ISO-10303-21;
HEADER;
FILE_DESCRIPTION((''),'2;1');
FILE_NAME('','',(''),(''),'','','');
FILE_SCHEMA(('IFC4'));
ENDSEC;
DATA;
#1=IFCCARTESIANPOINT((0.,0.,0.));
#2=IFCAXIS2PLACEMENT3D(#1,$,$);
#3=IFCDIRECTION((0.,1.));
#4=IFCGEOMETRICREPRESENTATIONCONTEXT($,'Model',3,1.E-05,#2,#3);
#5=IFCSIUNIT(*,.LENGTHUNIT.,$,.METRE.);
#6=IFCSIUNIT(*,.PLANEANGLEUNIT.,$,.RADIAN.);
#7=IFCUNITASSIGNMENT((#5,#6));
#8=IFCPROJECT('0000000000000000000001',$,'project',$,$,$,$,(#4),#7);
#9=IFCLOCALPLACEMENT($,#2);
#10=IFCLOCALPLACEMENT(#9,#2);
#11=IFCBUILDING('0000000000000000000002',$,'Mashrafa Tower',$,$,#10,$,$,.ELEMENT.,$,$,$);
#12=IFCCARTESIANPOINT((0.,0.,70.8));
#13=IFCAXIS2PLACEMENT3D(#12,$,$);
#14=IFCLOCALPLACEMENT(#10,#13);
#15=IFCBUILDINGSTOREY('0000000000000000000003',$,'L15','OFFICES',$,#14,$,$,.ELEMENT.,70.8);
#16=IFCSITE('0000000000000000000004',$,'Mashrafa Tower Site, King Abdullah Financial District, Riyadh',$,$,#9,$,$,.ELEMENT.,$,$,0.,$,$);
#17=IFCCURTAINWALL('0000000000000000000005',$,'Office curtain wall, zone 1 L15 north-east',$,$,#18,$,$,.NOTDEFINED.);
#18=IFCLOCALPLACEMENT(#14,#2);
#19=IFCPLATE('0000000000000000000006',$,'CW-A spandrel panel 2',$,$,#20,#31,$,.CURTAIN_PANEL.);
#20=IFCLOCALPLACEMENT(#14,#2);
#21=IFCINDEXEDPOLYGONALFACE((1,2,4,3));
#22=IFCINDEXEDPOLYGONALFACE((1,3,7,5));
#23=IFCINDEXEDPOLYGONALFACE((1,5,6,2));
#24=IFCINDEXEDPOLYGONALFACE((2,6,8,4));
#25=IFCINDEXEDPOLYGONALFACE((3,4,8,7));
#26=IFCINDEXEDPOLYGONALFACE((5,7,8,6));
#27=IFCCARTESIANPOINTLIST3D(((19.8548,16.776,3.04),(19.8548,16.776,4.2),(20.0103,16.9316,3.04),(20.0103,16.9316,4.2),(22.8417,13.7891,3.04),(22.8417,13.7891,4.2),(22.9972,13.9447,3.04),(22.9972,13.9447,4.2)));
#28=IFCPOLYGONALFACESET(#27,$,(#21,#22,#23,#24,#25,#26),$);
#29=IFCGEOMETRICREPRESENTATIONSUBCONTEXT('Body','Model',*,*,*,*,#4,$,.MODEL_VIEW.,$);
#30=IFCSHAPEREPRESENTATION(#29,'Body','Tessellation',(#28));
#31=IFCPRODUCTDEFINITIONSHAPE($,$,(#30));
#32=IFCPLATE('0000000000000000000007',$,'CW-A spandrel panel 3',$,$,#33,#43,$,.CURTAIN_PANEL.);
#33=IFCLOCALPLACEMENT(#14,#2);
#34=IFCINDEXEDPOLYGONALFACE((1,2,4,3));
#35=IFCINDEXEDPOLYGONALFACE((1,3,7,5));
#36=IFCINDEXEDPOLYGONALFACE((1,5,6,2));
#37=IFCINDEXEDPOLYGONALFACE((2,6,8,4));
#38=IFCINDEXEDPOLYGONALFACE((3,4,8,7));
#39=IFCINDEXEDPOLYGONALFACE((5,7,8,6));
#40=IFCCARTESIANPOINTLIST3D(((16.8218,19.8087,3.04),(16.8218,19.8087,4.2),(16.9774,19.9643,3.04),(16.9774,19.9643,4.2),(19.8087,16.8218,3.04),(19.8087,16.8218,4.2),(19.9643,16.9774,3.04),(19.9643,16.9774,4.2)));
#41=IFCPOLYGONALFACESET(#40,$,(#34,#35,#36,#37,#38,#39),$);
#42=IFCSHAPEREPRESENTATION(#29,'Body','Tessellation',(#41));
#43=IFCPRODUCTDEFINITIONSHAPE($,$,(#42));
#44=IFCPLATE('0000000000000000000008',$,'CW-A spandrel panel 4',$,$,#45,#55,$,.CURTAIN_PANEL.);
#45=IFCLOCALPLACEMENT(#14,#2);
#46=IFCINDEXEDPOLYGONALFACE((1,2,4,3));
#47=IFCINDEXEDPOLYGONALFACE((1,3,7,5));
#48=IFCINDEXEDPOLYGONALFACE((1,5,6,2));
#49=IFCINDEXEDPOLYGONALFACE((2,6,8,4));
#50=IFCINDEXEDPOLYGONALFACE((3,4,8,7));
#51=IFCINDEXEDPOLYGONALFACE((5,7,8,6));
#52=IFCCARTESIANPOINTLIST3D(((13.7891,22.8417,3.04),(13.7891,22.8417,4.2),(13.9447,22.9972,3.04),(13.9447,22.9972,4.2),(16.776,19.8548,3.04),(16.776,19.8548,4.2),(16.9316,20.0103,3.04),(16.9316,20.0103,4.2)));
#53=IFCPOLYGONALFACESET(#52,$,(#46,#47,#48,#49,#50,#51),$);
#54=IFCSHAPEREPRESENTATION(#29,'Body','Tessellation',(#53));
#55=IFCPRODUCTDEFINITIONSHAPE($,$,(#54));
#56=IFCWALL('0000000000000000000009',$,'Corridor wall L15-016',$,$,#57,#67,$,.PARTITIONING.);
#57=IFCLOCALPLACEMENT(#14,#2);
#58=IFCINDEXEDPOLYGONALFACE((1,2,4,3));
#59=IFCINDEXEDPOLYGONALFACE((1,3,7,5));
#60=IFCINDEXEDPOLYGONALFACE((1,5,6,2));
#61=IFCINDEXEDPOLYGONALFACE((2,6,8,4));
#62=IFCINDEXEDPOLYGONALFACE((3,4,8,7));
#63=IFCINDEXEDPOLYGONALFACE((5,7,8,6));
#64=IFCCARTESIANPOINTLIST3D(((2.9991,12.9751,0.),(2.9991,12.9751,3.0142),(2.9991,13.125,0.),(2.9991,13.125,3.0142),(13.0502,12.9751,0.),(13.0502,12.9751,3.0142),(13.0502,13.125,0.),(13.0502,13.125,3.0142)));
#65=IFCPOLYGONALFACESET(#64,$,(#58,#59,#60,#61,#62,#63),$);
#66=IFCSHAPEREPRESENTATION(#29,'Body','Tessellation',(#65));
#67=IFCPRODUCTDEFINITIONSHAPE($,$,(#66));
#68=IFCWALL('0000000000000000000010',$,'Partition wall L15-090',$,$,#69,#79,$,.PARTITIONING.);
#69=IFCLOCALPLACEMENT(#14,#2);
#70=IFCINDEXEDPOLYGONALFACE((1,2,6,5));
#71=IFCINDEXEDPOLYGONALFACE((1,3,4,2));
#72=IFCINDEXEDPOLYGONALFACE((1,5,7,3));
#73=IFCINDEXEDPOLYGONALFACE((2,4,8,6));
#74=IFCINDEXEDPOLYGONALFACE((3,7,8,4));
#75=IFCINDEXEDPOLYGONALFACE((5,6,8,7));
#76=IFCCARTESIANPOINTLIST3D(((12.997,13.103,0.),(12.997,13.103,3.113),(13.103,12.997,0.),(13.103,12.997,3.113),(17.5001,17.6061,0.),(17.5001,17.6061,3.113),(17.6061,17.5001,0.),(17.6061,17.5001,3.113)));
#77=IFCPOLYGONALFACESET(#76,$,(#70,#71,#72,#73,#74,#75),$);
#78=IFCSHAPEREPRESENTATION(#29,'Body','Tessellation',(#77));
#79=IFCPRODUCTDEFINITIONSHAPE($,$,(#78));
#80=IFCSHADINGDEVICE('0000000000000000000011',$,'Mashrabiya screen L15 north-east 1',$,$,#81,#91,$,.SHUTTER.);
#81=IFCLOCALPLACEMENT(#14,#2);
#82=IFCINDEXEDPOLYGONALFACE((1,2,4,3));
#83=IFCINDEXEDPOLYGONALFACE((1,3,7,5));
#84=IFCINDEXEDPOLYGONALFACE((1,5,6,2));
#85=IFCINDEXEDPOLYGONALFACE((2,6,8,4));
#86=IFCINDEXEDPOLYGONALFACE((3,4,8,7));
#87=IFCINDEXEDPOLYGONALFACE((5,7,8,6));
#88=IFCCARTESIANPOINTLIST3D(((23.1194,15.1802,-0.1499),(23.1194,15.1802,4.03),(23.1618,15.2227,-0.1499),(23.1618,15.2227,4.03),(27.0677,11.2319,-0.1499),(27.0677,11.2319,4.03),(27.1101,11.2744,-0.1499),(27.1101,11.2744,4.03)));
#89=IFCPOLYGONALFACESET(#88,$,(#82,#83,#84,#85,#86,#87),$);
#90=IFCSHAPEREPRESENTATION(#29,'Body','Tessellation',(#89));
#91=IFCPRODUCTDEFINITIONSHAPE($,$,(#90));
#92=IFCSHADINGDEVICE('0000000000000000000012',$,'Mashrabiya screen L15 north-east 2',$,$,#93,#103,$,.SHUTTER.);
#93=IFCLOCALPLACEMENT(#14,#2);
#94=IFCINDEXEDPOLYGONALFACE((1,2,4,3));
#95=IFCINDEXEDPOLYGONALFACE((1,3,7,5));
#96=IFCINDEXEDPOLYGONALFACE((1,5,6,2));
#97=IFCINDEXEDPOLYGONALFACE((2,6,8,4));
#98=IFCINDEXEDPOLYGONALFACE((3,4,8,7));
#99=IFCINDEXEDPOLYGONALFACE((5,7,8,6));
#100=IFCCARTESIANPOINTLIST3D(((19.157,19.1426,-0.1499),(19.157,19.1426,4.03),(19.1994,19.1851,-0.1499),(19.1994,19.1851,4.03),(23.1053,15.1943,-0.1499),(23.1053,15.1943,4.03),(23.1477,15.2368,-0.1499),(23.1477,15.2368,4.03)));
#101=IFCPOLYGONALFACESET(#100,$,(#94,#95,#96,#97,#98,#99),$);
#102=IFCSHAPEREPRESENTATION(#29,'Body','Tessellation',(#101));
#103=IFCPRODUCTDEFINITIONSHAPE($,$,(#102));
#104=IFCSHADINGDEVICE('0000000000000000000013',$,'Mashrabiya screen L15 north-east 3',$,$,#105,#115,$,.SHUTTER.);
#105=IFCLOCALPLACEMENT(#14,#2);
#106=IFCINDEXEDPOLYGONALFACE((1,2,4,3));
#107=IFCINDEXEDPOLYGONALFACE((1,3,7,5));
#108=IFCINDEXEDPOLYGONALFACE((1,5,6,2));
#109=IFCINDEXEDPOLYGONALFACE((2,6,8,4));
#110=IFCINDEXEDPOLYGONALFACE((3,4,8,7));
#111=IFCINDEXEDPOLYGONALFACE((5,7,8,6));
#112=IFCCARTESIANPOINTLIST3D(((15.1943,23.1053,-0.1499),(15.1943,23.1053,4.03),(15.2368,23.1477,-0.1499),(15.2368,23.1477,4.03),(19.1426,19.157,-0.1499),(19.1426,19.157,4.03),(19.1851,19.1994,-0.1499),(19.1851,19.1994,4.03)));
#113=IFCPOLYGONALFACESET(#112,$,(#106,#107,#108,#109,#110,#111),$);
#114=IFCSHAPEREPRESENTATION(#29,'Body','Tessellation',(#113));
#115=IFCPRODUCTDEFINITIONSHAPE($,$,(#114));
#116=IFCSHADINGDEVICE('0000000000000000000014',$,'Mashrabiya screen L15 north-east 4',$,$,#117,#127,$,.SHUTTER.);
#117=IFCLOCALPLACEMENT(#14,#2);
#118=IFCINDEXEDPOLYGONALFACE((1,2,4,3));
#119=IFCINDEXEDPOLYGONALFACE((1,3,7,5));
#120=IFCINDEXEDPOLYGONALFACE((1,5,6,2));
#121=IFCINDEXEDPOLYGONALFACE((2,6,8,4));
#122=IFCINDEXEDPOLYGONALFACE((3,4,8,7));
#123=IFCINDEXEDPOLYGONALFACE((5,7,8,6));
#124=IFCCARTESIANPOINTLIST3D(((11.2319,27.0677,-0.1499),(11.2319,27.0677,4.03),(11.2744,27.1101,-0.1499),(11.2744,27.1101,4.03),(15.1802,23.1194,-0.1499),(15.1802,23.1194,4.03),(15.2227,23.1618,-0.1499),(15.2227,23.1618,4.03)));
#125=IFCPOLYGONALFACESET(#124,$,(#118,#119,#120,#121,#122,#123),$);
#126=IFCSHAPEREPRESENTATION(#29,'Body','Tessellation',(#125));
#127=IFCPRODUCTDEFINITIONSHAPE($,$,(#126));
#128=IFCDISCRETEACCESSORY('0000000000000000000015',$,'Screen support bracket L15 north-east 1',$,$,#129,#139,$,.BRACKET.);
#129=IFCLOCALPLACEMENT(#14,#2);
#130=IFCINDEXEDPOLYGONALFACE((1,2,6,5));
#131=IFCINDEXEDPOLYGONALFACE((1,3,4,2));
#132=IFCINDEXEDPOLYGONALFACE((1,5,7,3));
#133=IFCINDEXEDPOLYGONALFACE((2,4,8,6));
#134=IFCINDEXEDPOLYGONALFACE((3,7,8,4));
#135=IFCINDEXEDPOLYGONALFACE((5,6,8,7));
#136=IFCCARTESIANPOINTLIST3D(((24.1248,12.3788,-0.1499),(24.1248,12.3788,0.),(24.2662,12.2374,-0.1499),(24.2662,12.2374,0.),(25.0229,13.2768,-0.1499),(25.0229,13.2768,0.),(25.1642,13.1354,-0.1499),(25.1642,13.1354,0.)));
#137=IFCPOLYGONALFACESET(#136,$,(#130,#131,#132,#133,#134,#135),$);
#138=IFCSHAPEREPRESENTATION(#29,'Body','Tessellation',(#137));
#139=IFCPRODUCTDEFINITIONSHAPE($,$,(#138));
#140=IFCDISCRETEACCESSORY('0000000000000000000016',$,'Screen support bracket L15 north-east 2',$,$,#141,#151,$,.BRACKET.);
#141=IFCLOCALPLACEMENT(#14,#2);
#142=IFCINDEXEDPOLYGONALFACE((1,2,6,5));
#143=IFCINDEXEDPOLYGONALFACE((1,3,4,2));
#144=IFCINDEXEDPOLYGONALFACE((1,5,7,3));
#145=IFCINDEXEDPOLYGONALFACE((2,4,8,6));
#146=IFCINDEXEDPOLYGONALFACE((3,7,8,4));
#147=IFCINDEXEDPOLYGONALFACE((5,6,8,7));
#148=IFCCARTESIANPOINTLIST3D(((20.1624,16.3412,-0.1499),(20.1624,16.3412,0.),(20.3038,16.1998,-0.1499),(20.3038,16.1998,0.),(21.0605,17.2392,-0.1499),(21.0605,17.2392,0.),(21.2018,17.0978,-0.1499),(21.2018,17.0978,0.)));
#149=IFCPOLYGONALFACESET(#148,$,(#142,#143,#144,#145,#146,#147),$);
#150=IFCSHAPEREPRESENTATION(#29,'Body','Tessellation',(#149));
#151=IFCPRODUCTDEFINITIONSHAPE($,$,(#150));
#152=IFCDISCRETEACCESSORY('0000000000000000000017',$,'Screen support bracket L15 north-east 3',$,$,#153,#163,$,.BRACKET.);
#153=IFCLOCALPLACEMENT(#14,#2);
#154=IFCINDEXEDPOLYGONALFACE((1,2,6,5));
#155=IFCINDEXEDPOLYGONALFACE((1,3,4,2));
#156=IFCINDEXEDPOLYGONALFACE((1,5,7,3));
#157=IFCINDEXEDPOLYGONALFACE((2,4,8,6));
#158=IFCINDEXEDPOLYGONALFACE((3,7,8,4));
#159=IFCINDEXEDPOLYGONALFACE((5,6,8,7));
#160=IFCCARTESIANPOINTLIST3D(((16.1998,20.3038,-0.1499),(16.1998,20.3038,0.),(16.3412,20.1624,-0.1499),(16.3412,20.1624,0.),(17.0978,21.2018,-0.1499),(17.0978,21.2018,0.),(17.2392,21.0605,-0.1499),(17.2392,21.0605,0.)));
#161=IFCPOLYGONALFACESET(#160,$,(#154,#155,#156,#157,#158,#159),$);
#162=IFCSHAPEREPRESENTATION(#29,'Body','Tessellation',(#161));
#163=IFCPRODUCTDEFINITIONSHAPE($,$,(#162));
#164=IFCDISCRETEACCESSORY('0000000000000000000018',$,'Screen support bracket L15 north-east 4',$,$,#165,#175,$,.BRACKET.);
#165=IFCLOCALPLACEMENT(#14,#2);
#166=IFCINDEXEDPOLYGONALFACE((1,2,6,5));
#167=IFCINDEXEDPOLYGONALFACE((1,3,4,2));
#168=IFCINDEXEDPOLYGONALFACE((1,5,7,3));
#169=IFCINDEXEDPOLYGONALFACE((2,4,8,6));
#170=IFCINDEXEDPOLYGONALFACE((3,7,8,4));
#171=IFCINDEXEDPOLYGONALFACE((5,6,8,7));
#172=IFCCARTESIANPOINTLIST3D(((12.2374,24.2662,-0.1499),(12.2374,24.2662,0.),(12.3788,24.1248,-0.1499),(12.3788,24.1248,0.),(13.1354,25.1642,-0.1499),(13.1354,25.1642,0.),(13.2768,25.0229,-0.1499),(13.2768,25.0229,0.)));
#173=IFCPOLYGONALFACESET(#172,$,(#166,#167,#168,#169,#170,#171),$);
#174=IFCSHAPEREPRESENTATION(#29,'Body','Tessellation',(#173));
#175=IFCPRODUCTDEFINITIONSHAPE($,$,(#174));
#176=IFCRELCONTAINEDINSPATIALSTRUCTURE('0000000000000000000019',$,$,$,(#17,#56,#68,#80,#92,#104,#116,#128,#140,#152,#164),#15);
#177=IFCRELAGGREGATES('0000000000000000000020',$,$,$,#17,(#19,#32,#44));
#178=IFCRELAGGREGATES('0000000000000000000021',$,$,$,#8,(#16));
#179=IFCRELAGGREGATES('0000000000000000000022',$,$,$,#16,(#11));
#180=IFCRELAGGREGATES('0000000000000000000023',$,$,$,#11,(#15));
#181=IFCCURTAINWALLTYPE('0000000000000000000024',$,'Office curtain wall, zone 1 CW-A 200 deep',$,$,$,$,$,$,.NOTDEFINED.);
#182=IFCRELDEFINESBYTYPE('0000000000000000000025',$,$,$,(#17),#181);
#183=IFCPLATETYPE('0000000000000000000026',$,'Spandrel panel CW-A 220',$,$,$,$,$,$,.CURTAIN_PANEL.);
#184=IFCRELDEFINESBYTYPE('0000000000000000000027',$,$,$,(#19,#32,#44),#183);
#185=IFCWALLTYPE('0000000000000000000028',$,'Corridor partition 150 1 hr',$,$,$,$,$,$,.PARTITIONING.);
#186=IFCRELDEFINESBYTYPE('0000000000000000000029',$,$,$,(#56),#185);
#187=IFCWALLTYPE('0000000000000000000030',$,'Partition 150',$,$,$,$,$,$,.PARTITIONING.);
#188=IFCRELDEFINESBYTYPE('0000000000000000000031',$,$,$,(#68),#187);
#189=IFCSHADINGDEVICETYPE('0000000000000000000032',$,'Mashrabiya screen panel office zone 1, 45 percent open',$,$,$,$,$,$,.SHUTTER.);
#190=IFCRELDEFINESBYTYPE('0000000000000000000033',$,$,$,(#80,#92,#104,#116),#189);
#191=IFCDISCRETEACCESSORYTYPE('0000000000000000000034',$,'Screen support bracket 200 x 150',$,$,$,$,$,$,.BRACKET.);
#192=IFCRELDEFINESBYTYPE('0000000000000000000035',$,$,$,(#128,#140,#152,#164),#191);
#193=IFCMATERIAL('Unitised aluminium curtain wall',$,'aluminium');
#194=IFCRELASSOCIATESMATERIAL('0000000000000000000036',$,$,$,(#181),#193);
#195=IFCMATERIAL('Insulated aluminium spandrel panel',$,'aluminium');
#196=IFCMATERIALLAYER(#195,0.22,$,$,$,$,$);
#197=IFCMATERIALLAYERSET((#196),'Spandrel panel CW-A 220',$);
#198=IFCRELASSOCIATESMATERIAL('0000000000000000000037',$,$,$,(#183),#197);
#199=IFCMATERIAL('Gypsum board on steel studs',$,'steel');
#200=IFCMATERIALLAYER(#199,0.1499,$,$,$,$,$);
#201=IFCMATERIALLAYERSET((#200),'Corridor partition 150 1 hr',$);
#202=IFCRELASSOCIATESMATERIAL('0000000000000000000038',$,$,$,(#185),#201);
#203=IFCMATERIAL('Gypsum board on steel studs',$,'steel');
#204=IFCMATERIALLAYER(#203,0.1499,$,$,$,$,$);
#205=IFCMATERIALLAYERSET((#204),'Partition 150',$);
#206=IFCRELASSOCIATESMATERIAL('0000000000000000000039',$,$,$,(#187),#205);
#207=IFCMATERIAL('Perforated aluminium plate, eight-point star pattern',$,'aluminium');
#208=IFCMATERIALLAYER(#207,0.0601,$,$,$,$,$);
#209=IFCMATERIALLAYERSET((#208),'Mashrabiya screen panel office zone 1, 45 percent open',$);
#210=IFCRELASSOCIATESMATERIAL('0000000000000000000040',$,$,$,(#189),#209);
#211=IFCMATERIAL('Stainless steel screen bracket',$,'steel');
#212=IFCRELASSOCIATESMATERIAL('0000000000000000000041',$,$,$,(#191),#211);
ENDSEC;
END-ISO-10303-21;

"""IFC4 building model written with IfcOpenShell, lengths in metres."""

from ifc_helpers import new_model, si_unit, direction, frame, frame_2d, origin, origin_2d, place, context, subcontext, project, spatial, rectangle, extrude, source, transform, mapped, material, layer, layer_set, type_object, type_shapes, element, aggregate, save


model = new_model("IFC4")

# Units and contexts
model_context = context("Model", 3, precision=1e-05, world=origin(), true_north=direction((0.0, 1.0)))
body_context = subcontext(model_context, "Body", "Model", "MODEL_VIEW")
ifc_project = project(units=[si_unit("LENGTHUNIT", "METRE"), si_unit("PLANEANGLEUNIT", "RADIAN")], contexts=[model_context])

# Site, building, storey
site_placement = place(None, origin())
site = spatial("IfcSite", under=ifc_project, at=site_placement, Name="Mashrafa Tower Site, King Abdullah Financial District, Riyadh", CompositionType="ELEMENT", RefElevation=0.0)
building_placement = place(site_placement, origin())
building = spatial("IfcBuilding", under=site, at=building_placement, Name="Mashrafa Tower", CompositionType="ELEMENT")
storey_placement = place(building_placement, frame((0.0, 0.0, 70.8)))
storey = spatial("IfcBuildingStorey", under=building, at=storey_placement, Name="L15", Description="OFFICES", CompositionType="ELEMENT", Elevation=70.8)

# Shared definitions
ifc_material_1 = material(Name="Unitised aluminium curtain wall", Category="aluminium")
curtain_wall_type = type_object("IfcCurtainWallType", Name="Office curtain wall, zone 1 CW-A 200 deep", PredefinedType="NOTDEFINED", material=ifc_material_1)

# Curtain wall, plates
curtain_wall_1_placement = place(storey_placement, origin())
curtain_wall_1 = element("IfcCurtainWall", 1, at=curtain_wall_1_placement, inside=storey, type_object=curtain_wall_type, Name="Office curtain wall, zone 1 L15 north-east", PredefinedType="NOTDEFINED")
ifc_material_2 = material(Name="Insulated aluminium spandrel panel", Category="aluminium")
ifc_layer_1 = layer(ifc_material_2, 0.22)
ifc_layer_set_1 = layer_set([ifc_layer_1], Name="Spandrel panel CW-A 220")
plate_type_1 = type_object("IfcPlateType", Name="Spandrel panel CW-A 220", PredefinedType="CURTAIN_PANEL", material=ifc_layer_set_1)
shared_shape_1 = source(origin(), body_context, "Body", "SweptSolid", [
    extrude(rectangle(XDim=4.2241, YDim=0.22, at=origin_2d()), origin(), (0.0, 0.0, 1.0), 1.1599),
])
plate_1_placement = place(storey_placement, frame((21.426, 15.3604, 3.04), z_axis=(0.0, 0.0, 1.0), x_axis=(-0.707107, 0.707107, 0.0)))
plate_1 = element("IfcPlate", 2, at=plate_1_placement, type_object=plate_type_1, Name="CW-A spandrel panel 2", PredefinedType="CURTAIN_PANEL", context=body_context, shape_type="MappedRepresentation", body=[
    mapped(shared_shape_1, transform((0.0, 0.0, 0.0))),
])
plate_2_placement = place(storey_placement, frame((18.3931, 18.3931, 3.04), z_axis=(0.0, 0.0, 1.0), x_axis=(-0.707107, 0.707107, 0.0)))
plate_2 = element("IfcPlate", 3, at=plate_2_placement, type_object=plate_type_1, Name="CW-A spandrel panel 3", PredefinedType="CURTAIN_PANEL", context=body_context, shape_type="MappedRepresentation", body=[
    mapped(shared_shape_1, transform((0.0, 0.0, 0.0))),
])
plate_3_placement = place(storey_placement, frame((15.3604, 21.426, 3.04), z_axis=(0.0, 0.0, 1.0), x_axis=(-0.707107, 0.707107, 0.0)))
plate_3 = element("IfcPlate", 4, at=plate_3_placement, type_object=plate_type_1, Name="CW-A spandrel panel 4", PredefinedType="CURTAIN_PANEL", context=body_context, shape_type="MappedRepresentation", body=[
    mapped(shared_shape_1, transform((0.0, 0.0, 0.0))),
])
aggregate(curtain_wall_1, [plate_1, plate_2, plate_3])

# Walls
ifc_material_3 = material(Name="Gypsum board on steel studs", Category="steel")
ifc_layer_2 = layer(ifc_material_3, 0.1499)
ifc_layer_set_2 = layer_set([ifc_layer_2], Name="Corridor partition 150 1 hr")
wall_type_1 = type_object("IfcWallType", Name="Corridor partition 150 1 hr", PredefinedType="PARTITIONING", material=ifc_layer_set_2)
wall_1_placement = place(storey_placement, frame((13.05, 13.05, 0.0), z_axis=(0.0, 0.0, 1.0), x_axis=(-1.0, 0.0, 0.0)))
element("IfcWall", 5, at=wall_1_placement, inside=storey, type_object=wall_type_1, Name="Corridor wall L15-016", PredefinedType="PARTITIONING", context=body_context, shape_type="SweptSolid", body=[
    extrude(rectangle(XDim=10.051, YDim=0.1499, at=frame_2d((5.0254, 0.0))), origin(), (0.0, 0.0, 1.0), 3.0142),
])
ifc_material_4 = material(Name="Gypsum board on steel studs", Category="steel")
ifc_layer_3 = layer(ifc_material_4, 0.1499)
ifc_layer_set_3 = layer_set([ifc_layer_3], Name="Partition 150")
wall_type_2 = type_object("IfcWallType", Name="Partition 150", PredefinedType="PARTITIONING", material=ifc_layer_set_3)
wall_2_placement = place(storey_placement, frame((13.05, 13.05, 0.0), z_axis=(0.0, 0.0, 1.0), x_axis=(0.707107, 0.707107, 0.0)))
element("IfcWall", 6, at=wall_2_placement, inside=storey, type_object=wall_type_2, Name="Partition wall L15-090", PredefinedType="PARTITIONING", context=body_context, shape_type="SweptSolid", body=[
    extrude(rectangle(XDim=6.3684, YDim=0.1499, at=frame_2d((3.1841, 0.0))), origin(), (0.0, 0.0, 1.0), 3.113),
])

# Shading devices
ifc_material_5 = material(Name="Perforated aluminium plate, eight-point star pattern", Category="aluminium")
ifc_layer_4 = layer(ifc_material_5, 0.0601)
ifc_layer_set_4 = layer_set([ifc_layer_4], Name="Mashrabiya screen panel office zone 1, 45 percent open")
shading_device_type = type_object("IfcShadingDeviceType", Name="Mashrabiya screen panel office zone 1, 45 percent open", PredefinedType="SHUTTER", material=ifc_layer_set_4)
shared_shape_2 = source(origin(), body_context, "Body", "SweptSolid", [
    extrude(rectangle(XDim=5.5837, YDim=0.0601, at=origin_2d()), origin(), (0.0, 0.0, 1.0), 4.1799),
])
type_shapes(shading_device_type, [shared_shape_2])
for number, where, z_axis, x_axis, name in (
    (7, (25.1147, 13.2273, -0.1499), (0.0, 0.0, 1.0), (-0.707107, 0.707107, 0.0), "Mashrabiya screen L15 north-east 1"),
    (8, (21.1523, 17.1897, -0.1499), (0.0, 0.0, 1.0), (-0.707107, 0.707107, 0.0), "Mashrabiya screen L15 north-east 2"),
    (9, (17.1897, 21.1523, -0.1499), (0.0, 0.0, 1.0), (-0.707107, 0.707107, 0.0), "Mashrabiya screen L15 north-east 3"),
    (10, (13.2273, 25.1147, -0.1499), (0.0, 0.0, 1.0), (-0.707107, 0.707107, 0.0), "Mashrabiya screen L15 north-east 4"),
):
    element("IfcShadingDevice", number, at=place(storey_placement, frame(where, z_axis=z_axis, x_axis=x_axis)), inside=storey, type_object=shading_device_type, Name=name, PredefinedType="SHUTTER", context=body_context, shape_type="MappedRepresentation", body=[
        mapped(shared_shape_2, transform((0.0, 0.0, 0.0))),
    ])

# Discrete accessories
ifc_material_6 = material(Name="Stainless steel screen bracket", Category="steel")
discrete_accessory_type = type_object("IfcDiscreteAccessoryType", Name="Screen support bracket 200 x 150", PredefinedType="BRACKET", material=ifc_material_6)
shared_shape_3 = source(origin(), body_context, "Body", "SweptSolid", [
    extrude(rectangle(XDim=0.2, YDim=1.27, at=origin_2d()), origin(), (0.0, 0.0, 1.0), 0.1499),
])
type_shapes(discrete_accessory_type, [shared_shape_3])
for number, where, z_axis, x_axis, name in (
    (11, (24.6445, 12.7571, -0.1499), (0.0, 0.0, 1.0), (-0.707107, 0.707107, 0.0), "Screen support bracket L15 north-east 1"),
    (12, (20.6821, 16.7195, -0.1499), (0.0, 0.0, 1.0), (-0.707107, 0.707107, 0.0), "Screen support bracket L15 north-east 2"),
    (13, (16.7195, 20.6821, -0.1499), (0.0, 0.0, 1.0), (-0.707107, 0.707107, 0.0), "Screen support bracket L15 north-east 3"),
    (14, (12.7571, 24.6445, -0.1499), (0.0, 0.0, 1.0), (-0.707107, 0.707107, 0.0), "Screen support bracket L15 north-east 4"),
):
    element("IfcDiscreteAccessory", number, at=place(storey_placement, frame(where, z_axis=z_axis, x_axis=x_axis)), inside=storey, type_object=discrete_accessory_type, Name=name, PredefinedType="BRACKET", context=body_context, shape_type="MappedRepresentation", body=[
        mapped(shared_shape_3, transform((0.0, 0.0, 0.0))),
    ])

save(model, "model.ifc")
